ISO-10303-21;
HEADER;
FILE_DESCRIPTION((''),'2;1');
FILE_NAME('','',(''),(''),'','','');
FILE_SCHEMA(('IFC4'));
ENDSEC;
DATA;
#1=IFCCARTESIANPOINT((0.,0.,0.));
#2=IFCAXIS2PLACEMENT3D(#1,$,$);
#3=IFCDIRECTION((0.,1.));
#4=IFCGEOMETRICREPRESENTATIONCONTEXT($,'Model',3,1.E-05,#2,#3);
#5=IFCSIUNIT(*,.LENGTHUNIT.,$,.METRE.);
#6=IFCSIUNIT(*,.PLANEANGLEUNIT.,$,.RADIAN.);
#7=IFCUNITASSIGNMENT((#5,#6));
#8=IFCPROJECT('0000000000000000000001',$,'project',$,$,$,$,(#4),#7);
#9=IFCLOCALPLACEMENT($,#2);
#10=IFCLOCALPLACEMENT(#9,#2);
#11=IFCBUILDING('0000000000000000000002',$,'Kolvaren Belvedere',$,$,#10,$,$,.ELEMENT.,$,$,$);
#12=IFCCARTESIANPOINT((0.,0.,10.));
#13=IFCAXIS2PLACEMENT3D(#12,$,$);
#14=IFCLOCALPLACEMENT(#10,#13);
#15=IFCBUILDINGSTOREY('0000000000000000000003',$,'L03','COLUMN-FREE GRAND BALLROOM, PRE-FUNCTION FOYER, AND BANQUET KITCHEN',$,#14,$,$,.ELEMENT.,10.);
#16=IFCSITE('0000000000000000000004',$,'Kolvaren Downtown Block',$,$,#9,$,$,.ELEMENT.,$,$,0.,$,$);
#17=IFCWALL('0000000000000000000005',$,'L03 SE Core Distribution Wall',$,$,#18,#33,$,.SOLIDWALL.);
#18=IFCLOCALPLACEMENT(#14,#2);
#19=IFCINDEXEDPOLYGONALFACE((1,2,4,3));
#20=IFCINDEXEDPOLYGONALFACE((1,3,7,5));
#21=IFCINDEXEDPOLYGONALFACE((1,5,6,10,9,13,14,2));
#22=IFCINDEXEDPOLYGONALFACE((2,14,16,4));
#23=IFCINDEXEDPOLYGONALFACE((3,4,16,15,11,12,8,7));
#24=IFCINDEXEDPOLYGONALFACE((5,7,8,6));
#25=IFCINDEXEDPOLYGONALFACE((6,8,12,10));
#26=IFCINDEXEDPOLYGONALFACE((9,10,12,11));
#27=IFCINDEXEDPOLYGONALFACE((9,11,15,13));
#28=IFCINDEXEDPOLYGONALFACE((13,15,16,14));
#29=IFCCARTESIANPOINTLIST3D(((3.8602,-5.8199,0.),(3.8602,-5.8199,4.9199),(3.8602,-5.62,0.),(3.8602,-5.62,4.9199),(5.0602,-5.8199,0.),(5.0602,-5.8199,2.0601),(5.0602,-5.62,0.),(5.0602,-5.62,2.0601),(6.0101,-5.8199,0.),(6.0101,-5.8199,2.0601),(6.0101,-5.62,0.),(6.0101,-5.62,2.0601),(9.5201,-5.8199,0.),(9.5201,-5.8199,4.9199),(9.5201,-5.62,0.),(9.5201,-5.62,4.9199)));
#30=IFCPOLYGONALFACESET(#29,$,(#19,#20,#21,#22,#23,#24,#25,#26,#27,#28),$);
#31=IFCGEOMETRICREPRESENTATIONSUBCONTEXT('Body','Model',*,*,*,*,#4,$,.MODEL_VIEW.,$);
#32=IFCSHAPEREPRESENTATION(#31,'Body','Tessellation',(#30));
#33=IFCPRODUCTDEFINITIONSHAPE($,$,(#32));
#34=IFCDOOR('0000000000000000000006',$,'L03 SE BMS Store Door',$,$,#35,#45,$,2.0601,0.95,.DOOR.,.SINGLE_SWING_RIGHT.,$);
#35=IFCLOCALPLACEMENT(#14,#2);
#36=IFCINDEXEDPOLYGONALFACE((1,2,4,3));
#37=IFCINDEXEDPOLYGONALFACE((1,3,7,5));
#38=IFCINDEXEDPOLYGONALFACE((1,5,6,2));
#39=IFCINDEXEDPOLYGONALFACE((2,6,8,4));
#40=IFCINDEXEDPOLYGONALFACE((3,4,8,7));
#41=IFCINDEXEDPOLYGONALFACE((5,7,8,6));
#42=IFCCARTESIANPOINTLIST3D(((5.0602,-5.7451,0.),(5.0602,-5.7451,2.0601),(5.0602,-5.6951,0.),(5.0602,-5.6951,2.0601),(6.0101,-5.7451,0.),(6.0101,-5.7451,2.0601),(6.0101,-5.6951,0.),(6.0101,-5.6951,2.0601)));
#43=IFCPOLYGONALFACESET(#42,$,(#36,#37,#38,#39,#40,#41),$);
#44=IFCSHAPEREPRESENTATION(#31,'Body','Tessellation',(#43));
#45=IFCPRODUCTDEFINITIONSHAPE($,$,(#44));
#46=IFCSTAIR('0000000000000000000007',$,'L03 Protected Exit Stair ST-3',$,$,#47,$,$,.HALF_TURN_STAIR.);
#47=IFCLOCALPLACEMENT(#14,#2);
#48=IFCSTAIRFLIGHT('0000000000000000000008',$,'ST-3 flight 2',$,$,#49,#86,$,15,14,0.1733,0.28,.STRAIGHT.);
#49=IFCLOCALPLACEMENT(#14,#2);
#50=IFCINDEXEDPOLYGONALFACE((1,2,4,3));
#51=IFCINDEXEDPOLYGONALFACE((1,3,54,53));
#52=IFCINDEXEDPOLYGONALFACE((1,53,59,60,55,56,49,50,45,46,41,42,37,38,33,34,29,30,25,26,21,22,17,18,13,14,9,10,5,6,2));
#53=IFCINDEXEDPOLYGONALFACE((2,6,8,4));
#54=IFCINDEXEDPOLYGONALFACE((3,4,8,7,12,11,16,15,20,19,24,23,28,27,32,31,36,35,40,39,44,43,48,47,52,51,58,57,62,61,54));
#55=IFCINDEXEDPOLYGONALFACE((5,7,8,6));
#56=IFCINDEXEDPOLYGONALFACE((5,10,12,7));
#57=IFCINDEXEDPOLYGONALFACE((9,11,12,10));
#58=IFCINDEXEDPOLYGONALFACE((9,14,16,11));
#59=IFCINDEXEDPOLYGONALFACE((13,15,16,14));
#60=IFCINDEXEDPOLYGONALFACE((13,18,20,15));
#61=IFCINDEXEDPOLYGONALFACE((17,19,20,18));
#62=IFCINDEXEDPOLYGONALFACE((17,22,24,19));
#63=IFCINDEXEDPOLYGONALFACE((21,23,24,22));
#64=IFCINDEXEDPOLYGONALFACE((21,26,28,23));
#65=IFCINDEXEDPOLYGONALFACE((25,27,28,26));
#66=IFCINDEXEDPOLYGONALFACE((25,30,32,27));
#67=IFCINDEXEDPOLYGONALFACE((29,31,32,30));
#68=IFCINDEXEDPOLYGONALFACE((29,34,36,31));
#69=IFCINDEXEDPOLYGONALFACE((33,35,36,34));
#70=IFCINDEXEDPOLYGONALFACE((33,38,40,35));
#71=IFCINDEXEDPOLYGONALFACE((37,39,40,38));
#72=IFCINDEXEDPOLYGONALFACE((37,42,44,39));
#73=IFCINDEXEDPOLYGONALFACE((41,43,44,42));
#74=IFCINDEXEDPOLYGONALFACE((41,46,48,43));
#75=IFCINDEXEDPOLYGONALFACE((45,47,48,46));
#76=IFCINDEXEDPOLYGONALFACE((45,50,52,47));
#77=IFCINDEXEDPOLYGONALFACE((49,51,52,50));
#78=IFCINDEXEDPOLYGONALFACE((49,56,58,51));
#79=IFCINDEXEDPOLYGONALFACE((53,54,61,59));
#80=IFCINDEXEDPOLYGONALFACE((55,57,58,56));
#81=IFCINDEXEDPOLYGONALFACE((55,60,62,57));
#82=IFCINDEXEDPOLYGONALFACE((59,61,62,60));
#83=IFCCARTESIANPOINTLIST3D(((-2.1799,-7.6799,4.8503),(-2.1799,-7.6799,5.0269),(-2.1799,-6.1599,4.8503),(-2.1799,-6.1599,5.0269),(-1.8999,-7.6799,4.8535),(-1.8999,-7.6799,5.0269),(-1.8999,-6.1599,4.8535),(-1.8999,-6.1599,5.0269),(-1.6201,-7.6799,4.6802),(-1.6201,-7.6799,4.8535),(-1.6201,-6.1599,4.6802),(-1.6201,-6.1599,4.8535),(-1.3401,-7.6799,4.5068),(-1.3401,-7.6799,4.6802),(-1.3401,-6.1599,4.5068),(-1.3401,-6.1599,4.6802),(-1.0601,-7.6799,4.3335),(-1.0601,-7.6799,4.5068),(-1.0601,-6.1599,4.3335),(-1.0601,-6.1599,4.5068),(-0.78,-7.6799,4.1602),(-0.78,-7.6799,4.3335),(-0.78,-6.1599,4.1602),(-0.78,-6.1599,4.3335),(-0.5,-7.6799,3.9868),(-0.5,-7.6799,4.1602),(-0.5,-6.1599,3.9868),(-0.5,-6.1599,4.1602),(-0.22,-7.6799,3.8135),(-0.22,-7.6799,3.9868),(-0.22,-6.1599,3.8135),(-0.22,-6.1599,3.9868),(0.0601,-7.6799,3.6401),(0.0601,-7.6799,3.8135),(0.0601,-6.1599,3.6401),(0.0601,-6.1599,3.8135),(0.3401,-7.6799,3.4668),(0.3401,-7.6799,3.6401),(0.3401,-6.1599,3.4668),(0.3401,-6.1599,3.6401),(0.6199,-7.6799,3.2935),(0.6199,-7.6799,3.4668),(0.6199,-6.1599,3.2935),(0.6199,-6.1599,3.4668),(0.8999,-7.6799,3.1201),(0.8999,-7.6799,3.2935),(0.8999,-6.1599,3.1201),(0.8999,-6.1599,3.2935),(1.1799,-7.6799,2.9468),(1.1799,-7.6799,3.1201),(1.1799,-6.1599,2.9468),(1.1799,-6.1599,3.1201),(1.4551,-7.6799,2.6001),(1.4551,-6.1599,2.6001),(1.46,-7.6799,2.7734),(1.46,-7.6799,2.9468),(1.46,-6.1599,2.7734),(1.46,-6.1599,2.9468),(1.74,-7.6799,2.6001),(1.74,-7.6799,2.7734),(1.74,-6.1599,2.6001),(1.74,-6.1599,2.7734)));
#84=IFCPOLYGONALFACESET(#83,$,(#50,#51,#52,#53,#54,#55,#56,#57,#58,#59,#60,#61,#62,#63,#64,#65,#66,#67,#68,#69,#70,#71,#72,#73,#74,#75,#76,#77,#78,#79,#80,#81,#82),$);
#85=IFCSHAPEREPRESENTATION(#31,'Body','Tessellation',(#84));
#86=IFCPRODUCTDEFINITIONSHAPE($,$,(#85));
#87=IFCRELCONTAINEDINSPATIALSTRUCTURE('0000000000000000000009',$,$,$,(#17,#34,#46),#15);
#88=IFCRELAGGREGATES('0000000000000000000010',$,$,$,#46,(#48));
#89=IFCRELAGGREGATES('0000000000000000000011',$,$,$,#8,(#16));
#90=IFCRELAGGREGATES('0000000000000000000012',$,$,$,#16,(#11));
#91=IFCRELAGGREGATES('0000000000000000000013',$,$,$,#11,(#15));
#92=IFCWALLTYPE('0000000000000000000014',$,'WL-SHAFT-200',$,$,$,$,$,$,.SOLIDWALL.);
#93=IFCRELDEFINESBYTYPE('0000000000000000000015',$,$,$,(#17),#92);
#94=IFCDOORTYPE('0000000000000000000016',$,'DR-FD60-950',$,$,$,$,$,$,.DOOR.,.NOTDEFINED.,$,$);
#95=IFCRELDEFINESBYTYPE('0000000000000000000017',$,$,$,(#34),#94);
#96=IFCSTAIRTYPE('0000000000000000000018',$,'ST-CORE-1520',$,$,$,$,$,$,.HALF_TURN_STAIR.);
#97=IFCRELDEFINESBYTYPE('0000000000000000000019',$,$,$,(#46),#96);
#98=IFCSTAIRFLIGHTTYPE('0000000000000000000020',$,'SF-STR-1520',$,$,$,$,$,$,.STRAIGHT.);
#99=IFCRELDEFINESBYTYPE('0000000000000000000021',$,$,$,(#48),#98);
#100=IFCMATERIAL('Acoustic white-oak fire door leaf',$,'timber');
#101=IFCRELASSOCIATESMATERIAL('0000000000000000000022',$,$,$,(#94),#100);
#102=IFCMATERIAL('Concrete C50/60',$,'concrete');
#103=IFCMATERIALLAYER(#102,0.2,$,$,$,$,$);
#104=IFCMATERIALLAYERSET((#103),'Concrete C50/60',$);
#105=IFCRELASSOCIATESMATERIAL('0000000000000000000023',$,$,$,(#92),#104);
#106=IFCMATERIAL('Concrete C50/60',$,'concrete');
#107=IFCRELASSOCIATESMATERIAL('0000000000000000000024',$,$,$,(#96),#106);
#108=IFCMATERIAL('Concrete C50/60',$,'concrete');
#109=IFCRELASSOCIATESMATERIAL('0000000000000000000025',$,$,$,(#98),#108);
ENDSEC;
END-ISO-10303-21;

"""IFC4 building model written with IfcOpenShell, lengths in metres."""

from ifc_helpers import new_model, si_unit, direction, frame, frame_2d, origin, place, context, subcontext, project, spatial, polyline, rectangle, outline, extrude, material, layer, layer_set, type_object, element, fill, aggregate, save


model = new_model("IFC4")

# Units and contexts
model_context = context("Model", 3, precision=1e-05, world=origin(), true_north=direction((0.0, 1.0)))
body_context = subcontext(model_context, "Body", "Model", "MODEL_VIEW")
ifc_project = project(units=[si_unit("LENGTHUNIT", "METRE"), si_unit("PLANEANGLEUNIT", "RADIAN")], contexts=[model_context])

# Site, building, storey
site_placement = place(None, origin())
site = spatial("IfcSite", under=ifc_project, at=site_placement, Name="Kolvaren Downtown Block", CompositionType="ELEMENT", RefElevation=0.0)
building_placement = place(site_placement, origin())
building = spatial("IfcBuilding", under=site, at=building_placement, Name="Kolvaren Belvedere", CompositionType="ELEMENT")
storey_placement = place(building_placement, frame((0.0, 0.0, 10.0)))
storey = spatial("IfcBuildingStorey", under=building, at=storey_placement, Name="L03", Description="COLUMN-FREE GRAND BALLROOM, PRE-FUNCTION FOYER, AND BANQUET KITCHEN", CompositionType="ELEMENT", Elevation=10.0)

# Shared definitions
ifc_material_1 = material(Name="Acoustic white-oak fire door leaf", Category="timber")
door_type_1 = type_object("IfcDoorType", Name="DR-FD60-950", OperationType="NOTDEFINED", PredefinedType="DOOR", material=ifc_material_1)
ifc_material_2 = material(Name="Concrete C50/60", Category="concrete")
ifc_layer_1 = layer(ifc_material_2, 0.2)
ifc_layer_set_1 = layer_set([ifc_layer_1], Name="Concrete C50/60")
wall_type_1 = type_object("IfcWallType", Name="WL-SHAFT-200", PredefinedType="SOLIDWALL", material=ifc_layer_set_1)

# Wall, opening, door
wall_1_placement = place(storey_placement, frame((3.8601, -5.72, 0.0), z_axis=(0.0, 0.0, 1.0), x_axis=(1.0, 0.0, 0.0)))
wall_1 = element("IfcWall", 1, at=wall_1_placement, inside=storey, type_object=wall_type_1, Name="L03 SE Core Distribution Wall", PredefinedType="SOLIDWALL", context=body_context, shape_type="SweptSolid", body=[
    extrude(rectangle(XDim=5.6599, YDim=0.2, at=frame_2d((2.8301, 0.0))), origin(), (0.0, 0.0, 1.0), 4.9199),
])
opening_1_placement = place(wall_1_placement, frame((1.2, 0.0, 0.0)))
opening_1 = element("IfcOpeningElement", 2, at=opening_1_placement, cuts=wall_1, PredefinedType="OPENING", context=body_context, shape_type="SweptSolid", body=[
    extrude(rectangle(XDim=0.95, YDim=2.0601, at=frame_2d((0.4751, 1.03))), frame((0.0, 0.1099, 0.0), z_axis=(0.0, -1.0, 0.0), x_axis=(1.0, 0.0, 0.0)), (0.0, 0.0, 1.0), 0.22),
])
door_1_placement = place(opening_1_placement, origin())
door_1 = element("IfcDoor", 3, at=door_1_placement, inside=storey, type_object=door_type_1, Name="L03 SE BMS Store Door", OperationType="SINGLE_SWING_RIGHT", OverallHeight=2.0601, OverallWidth=0.95, PredefinedType="DOOR", context=body_context, shape_type="SweptSolid", body=[
    extrude(rectangle(XDim=0.95, YDim=2.0601, at=frame_2d((0.4751, 1.03))), frame((0.0, 0.0249, 0.0), z_axis=(0.0, -1.0, 0.0), x_axis=(1.0, 0.0, 0.0)), (0.0, 0.0, 1.0), 0.05),
])
fill(opening_1, door_1)

# Stair, stair flight
ifc_material_3 = material(Name="Concrete C50/60", Category="concrete")
stair_type = type_object("IfcStairType", Name="ST-CORE-1520", PredefinedType="HALF_TURN_STAIR", material=ifc_material_3)
stair_placement = place(storey_placement, origin())
stair = element("IfcStair", 4, at=stair_placement, inside=storey, type_object=stair_type, Name="L03 Protected Exit Stair ST-3", PredefinedType="HALF_TURN_STAIR")
ifc_material_4 = material(Name="Concrete C50/60", Category="concrete")
stair_flight_type = type_object("IfcStairFlightType", Name="SF-STR-1520", PredefinedType="STRAIGHT", material=ifc_material_4)
stair_flight_placement = place(storey_placement, frame((1.74, -6.9199, 2.6001), z_axis=(0.0, 0.0, 1.0), x_axis=(-1.0, 0.0, 0.0)))
stair_flight = element("IfcStairFlight", 5, at=stair_flight_placement, type_object=stair_flight_type, Name="ST-3 flight 2", NumberOfRisers=15, NumberOfTreads=14, PredefinedType="STRAIGHT", RiserHeight=0.1733, TreadLength=0.28, context=body_context, shape_type="SweptSolid", body=[
    extrude(outline(polyline([(0.0, 0.0), (0.0, 0.1733), (0.28, 0.1733), (0.28, 0.3467), (0.5601, 0.3467), (0.5601, 0.52), (0.8401, 0.52), (0.8401, 0.6934), (1.1201, 0.6934), (1.1201, 0.8667), (1.3999, 0.8667), (1.3999, 1.04), (1.6799, 1.04), (1.6799, 1.2134), (1.96, 1.2134), (1.96, 1.3867), (2.24, 1.3867), (2.24, 1.5601), (2.52, 1.5601), (2.52, 1.7334), (2.8, 1.7334), (2.8, 1.9067), (3.0801, 1.9067), (3.0801, 2.0801), (3.3601, 2.0801), (3.3601, 2.2534), (3.6399, 2.2534), (3.6399, 2.4268), (3.9199, 2.4268), (3.9199, 2.6001), (3.9199, 2.2502), (0.2849, 0.0), (0.0, 0.0)])), frame((0.0, 0.76, 0.0), z_axis=(0.0, -1.0, 0.0), x_axis=(1.0, 0.0, 0.0)), (0.0, 0.0, 1.0), 1.52),
])
aggregate(stair, [stair_flight])

save(model, "model.ifc")
